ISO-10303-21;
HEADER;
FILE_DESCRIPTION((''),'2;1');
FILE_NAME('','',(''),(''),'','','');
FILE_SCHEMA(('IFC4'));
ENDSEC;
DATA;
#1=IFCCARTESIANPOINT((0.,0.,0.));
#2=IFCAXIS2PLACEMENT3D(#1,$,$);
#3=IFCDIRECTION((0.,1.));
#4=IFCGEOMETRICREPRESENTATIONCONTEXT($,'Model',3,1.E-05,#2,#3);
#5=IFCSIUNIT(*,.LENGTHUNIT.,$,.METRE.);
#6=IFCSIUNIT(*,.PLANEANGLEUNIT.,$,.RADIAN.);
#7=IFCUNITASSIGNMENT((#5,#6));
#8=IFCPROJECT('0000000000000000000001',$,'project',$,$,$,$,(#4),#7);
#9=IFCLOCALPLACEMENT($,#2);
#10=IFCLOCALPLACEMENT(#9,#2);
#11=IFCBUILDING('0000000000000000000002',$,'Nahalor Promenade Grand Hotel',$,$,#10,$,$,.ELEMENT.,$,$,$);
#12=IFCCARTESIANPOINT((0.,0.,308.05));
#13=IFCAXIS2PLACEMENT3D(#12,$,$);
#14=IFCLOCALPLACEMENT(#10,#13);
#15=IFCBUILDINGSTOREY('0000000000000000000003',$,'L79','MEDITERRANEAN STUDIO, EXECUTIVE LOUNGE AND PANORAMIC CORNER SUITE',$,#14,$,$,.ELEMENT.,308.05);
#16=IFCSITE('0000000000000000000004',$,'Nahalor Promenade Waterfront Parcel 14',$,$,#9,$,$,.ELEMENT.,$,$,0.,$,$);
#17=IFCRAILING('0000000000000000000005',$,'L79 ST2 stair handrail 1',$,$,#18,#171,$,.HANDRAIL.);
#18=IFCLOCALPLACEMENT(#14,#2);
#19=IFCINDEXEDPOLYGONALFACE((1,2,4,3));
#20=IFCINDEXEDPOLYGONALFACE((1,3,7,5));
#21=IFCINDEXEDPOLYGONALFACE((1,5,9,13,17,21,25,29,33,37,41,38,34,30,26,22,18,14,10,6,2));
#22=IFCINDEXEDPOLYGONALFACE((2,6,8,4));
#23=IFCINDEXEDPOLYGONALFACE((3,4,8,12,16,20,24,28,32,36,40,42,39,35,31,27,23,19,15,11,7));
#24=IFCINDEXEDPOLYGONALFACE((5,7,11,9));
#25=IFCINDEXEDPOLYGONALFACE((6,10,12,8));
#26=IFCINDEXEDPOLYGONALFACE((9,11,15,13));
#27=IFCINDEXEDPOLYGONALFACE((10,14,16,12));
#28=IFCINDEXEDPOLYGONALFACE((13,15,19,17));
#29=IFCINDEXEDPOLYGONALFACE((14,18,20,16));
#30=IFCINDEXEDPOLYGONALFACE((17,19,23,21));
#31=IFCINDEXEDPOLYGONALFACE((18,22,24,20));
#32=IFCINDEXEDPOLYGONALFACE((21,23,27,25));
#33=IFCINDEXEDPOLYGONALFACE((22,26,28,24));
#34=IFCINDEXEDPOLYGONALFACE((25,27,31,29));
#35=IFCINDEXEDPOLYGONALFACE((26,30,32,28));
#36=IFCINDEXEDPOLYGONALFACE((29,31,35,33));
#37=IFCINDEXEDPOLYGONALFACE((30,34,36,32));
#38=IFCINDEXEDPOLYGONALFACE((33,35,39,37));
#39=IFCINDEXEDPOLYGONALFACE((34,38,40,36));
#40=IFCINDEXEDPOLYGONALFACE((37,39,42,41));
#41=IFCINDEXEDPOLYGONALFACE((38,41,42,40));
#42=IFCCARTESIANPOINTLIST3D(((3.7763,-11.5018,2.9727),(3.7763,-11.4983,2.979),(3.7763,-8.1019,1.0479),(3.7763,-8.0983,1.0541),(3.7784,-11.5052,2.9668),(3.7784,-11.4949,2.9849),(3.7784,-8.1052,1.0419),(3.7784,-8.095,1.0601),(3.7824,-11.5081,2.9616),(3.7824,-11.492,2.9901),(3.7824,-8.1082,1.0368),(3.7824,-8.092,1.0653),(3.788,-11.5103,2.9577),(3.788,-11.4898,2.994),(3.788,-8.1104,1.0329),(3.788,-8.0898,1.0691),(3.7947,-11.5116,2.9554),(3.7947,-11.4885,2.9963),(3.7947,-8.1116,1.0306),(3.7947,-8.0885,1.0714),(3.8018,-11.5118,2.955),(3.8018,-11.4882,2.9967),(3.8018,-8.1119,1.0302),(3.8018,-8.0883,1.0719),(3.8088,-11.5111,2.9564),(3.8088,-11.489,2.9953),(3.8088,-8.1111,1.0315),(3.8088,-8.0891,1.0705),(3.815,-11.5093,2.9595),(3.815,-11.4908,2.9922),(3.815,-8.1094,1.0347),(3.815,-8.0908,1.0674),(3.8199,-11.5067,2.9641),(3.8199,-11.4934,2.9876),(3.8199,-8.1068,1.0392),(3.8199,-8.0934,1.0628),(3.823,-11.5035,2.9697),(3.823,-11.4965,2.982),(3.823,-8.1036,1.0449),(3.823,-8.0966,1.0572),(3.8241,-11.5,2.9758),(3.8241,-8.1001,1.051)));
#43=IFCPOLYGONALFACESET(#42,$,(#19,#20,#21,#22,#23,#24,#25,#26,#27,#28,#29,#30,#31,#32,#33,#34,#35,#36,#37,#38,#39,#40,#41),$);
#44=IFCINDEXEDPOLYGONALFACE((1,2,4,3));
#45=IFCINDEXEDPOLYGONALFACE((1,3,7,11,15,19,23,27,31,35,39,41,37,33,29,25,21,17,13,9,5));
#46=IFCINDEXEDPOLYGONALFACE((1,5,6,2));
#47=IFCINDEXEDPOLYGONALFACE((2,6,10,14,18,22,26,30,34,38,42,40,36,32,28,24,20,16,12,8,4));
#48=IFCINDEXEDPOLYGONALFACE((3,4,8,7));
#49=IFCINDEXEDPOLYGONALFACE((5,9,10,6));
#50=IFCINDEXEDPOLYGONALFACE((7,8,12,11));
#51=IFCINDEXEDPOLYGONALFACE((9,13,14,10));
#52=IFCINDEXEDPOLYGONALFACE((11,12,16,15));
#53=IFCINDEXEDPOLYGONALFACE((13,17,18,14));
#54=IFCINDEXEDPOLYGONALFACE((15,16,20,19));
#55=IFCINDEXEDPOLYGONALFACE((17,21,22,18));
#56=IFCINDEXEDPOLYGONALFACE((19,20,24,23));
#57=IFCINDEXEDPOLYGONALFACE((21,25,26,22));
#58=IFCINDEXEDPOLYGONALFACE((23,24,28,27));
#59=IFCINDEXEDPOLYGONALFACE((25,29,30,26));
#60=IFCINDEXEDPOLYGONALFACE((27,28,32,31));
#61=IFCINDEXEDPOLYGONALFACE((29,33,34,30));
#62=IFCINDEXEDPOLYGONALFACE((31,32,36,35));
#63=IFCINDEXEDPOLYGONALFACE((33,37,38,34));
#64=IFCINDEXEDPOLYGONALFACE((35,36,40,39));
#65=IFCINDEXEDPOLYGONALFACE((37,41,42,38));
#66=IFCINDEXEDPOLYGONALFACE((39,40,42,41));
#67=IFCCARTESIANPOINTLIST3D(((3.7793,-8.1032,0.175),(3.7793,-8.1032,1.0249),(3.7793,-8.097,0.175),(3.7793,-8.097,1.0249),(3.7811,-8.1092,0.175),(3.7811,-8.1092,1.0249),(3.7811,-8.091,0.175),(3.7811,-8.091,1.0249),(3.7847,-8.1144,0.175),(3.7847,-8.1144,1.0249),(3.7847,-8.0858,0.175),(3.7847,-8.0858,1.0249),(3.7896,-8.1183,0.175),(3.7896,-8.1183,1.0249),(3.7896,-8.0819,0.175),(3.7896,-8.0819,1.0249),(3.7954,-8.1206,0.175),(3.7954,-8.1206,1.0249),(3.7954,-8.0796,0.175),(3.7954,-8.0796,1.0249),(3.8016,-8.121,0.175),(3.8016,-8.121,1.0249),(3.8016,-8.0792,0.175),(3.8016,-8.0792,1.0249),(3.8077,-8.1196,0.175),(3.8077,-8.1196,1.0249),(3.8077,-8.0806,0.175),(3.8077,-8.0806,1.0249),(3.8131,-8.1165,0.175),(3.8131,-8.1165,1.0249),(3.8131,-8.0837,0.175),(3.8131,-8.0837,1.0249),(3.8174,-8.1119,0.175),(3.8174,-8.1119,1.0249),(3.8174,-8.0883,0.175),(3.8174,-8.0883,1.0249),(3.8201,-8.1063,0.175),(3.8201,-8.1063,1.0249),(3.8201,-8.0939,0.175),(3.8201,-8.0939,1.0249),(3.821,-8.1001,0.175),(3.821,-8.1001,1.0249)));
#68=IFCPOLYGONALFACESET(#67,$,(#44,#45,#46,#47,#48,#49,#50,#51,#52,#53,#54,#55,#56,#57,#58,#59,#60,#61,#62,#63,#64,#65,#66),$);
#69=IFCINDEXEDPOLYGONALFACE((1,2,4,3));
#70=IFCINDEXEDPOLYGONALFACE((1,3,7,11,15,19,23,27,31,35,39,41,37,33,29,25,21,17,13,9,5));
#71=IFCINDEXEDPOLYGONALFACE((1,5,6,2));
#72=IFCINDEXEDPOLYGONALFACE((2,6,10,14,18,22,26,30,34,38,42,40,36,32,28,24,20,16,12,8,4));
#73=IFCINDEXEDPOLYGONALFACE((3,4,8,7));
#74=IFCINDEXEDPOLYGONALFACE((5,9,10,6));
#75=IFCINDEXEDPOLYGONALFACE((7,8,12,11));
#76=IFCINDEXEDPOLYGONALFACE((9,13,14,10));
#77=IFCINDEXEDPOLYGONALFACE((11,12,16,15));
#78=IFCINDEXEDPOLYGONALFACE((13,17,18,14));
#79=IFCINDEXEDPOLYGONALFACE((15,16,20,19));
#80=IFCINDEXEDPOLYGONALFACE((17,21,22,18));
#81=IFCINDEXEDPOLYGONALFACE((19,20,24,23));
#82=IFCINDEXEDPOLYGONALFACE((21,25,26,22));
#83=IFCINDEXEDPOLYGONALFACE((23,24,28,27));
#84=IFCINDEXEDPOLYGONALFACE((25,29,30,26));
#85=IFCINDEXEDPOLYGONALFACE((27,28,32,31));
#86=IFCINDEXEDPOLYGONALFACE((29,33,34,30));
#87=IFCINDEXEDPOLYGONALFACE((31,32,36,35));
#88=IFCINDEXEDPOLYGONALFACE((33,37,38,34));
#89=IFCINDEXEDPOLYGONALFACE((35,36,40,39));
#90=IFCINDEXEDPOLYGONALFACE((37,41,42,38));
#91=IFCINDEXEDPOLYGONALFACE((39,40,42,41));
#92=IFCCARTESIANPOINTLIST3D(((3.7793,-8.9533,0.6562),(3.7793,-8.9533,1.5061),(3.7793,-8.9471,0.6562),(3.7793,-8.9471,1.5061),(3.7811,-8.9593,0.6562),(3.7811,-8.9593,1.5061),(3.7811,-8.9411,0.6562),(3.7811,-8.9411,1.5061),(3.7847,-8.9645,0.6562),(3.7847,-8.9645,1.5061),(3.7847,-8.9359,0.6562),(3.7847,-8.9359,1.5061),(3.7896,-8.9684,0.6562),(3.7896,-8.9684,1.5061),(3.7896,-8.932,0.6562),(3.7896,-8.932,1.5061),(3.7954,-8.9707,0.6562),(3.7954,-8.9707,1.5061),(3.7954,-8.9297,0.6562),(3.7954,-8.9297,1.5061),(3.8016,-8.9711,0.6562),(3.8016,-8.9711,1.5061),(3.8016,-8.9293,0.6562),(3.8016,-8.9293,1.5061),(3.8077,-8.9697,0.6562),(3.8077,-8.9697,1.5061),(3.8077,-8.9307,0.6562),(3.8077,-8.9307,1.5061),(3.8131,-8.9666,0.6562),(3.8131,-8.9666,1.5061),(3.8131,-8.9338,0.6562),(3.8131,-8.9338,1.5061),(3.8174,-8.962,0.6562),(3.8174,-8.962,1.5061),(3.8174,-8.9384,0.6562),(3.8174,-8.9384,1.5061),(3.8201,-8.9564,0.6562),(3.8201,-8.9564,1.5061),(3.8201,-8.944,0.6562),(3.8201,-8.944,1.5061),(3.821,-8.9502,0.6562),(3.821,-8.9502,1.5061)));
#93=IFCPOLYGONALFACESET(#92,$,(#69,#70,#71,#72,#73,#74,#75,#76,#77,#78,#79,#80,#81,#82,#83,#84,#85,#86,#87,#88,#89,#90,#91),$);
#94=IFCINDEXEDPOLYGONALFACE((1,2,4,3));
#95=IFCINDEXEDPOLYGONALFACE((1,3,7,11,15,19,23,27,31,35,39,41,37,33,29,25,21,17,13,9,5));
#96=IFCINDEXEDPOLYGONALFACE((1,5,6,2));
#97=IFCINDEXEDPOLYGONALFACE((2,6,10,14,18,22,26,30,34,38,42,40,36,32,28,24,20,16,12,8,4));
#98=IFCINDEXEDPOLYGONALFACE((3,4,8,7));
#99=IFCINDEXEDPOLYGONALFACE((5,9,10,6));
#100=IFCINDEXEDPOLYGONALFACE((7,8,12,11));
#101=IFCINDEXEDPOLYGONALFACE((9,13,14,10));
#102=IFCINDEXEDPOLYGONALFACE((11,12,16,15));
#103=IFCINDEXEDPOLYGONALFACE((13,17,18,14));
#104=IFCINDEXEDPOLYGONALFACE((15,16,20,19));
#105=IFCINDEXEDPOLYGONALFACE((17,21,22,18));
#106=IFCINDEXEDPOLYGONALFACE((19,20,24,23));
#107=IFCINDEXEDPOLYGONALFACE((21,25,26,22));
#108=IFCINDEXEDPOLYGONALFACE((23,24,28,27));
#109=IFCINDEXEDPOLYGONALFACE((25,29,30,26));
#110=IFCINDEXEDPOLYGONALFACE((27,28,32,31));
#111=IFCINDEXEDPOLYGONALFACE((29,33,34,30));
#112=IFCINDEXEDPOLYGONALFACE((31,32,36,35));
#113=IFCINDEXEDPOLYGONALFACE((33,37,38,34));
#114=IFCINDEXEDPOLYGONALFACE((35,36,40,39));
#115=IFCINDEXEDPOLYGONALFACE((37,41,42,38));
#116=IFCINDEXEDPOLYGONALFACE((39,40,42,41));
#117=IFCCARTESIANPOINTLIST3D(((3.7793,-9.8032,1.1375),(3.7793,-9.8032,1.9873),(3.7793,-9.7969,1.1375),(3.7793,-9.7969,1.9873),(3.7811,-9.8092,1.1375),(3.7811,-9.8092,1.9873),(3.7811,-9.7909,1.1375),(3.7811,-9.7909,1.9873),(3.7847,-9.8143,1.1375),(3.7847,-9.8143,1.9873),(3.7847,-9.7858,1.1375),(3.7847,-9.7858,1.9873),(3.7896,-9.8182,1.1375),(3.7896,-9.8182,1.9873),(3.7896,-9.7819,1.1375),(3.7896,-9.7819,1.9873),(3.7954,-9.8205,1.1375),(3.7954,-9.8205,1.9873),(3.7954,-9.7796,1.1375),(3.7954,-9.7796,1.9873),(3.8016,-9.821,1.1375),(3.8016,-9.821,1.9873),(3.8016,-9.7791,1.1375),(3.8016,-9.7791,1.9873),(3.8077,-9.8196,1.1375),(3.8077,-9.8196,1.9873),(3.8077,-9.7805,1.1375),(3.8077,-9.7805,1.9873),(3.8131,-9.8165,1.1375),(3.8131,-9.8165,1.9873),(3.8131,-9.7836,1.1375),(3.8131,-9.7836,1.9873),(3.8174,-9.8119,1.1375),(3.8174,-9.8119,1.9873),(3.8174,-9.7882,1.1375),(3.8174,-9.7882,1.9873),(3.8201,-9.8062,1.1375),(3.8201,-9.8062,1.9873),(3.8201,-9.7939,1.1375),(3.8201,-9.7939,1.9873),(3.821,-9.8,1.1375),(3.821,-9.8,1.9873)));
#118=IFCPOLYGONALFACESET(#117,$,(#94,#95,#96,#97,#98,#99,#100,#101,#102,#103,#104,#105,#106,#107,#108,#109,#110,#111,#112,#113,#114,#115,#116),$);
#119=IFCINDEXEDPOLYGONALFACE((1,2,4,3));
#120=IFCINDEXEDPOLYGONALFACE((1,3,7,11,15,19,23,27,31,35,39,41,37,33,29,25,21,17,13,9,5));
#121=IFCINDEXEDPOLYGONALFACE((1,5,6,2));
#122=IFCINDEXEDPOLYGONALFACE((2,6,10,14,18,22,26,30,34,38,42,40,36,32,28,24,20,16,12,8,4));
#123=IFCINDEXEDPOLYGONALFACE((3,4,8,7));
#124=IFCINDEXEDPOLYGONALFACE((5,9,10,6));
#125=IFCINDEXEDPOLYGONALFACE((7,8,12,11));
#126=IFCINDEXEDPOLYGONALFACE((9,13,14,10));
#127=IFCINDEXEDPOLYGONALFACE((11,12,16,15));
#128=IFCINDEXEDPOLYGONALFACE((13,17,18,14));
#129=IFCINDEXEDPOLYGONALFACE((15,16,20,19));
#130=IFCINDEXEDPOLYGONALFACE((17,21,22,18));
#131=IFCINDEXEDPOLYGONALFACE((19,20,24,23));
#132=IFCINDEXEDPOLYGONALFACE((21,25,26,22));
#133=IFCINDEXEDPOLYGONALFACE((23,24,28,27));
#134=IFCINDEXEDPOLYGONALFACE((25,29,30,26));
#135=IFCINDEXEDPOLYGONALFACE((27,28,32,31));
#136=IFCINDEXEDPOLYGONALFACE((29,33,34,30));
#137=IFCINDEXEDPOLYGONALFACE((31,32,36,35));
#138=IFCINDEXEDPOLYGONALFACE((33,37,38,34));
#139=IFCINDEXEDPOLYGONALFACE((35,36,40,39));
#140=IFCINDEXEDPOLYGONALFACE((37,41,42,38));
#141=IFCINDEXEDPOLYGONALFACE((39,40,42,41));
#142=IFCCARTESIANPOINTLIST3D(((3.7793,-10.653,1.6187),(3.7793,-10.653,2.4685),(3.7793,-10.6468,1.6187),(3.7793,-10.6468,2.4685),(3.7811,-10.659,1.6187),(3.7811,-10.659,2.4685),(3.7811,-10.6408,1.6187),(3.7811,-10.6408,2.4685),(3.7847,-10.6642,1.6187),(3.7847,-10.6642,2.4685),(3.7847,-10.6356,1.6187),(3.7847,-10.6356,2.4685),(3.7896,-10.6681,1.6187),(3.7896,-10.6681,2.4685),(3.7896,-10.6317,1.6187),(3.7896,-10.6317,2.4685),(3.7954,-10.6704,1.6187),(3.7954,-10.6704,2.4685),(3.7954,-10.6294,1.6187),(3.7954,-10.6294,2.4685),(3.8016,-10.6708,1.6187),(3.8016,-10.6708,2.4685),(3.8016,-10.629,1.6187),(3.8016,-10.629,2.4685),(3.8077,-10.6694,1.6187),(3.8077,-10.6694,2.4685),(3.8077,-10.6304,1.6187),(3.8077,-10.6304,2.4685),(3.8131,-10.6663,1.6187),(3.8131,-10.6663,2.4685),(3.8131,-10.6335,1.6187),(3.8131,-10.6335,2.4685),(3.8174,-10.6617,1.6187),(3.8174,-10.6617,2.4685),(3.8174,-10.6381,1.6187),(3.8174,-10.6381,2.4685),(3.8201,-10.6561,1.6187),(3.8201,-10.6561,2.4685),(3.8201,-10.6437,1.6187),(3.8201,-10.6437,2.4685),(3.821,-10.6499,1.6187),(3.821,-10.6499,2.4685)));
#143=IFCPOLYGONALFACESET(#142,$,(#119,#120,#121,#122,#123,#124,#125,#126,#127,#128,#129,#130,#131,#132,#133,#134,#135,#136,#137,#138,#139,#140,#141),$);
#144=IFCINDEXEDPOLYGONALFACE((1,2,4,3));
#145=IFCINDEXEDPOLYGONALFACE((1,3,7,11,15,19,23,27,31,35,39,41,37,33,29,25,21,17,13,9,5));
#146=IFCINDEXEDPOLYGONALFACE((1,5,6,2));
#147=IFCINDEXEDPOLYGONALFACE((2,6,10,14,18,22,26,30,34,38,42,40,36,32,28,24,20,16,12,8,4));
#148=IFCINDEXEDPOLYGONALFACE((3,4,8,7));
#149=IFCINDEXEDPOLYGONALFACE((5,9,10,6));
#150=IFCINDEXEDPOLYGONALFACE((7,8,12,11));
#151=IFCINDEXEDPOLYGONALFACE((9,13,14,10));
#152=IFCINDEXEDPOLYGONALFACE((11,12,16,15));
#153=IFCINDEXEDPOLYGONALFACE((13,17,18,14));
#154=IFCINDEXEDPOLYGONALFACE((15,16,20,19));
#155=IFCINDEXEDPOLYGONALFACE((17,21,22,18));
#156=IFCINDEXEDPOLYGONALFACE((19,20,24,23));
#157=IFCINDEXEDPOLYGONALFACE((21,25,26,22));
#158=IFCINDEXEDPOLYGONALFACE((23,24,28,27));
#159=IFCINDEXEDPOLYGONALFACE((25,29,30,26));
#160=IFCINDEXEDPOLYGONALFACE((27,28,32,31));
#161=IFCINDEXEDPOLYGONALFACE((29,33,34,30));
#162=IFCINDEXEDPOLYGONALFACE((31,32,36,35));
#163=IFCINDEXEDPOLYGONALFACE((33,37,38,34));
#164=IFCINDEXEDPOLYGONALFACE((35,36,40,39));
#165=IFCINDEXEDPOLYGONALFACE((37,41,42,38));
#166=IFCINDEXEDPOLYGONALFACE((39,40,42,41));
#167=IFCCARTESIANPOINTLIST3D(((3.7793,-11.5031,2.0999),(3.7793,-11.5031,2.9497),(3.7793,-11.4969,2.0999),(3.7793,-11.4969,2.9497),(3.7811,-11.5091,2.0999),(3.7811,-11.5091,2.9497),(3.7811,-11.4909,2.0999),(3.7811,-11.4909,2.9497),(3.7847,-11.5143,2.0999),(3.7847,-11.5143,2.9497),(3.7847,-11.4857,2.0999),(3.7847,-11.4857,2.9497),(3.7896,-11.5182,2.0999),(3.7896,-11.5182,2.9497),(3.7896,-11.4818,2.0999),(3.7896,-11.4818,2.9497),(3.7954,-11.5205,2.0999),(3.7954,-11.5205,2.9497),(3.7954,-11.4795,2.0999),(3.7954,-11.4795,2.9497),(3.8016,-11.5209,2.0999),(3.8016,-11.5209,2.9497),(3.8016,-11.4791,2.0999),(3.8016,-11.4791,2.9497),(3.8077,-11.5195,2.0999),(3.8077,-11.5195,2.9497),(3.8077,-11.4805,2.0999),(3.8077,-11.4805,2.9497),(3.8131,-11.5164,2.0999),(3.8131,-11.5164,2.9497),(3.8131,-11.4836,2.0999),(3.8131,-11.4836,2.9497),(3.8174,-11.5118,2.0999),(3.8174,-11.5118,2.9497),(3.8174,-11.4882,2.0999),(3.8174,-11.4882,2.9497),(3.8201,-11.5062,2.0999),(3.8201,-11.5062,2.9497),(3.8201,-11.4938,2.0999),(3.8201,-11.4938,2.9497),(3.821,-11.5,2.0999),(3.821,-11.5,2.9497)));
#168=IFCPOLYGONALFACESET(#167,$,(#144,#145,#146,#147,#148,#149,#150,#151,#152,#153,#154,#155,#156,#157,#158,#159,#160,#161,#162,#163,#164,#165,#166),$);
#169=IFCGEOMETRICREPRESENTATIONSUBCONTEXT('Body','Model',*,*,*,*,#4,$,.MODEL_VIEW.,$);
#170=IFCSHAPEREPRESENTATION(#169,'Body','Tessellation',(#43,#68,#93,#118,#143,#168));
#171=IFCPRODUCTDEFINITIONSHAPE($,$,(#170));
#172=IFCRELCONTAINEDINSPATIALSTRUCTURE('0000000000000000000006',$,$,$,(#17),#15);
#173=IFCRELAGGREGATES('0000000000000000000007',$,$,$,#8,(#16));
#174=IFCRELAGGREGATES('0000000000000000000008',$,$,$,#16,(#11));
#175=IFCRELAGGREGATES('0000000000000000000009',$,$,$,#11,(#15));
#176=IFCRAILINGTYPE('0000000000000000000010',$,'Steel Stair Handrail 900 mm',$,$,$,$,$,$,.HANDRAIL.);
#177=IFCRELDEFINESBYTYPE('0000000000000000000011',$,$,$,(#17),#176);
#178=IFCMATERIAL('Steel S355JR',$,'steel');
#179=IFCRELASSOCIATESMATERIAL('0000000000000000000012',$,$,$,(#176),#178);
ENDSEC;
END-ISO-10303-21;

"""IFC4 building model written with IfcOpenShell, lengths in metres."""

from ifc_helpers import new_model, si_unit, direction, frame, origin, origin_2d, place, context, subcontext, project, spatial, circle, extrude, material, type_object, element, save


model = new_model("IFC4")

# Units and contexts
model_context = context("Model", 3, precision=1e-05, world=origin(), true_north=direction((0.0, 1.0)))
body_context = subcontext(model_context, "Body", "Model", "MODEL_VIEW")
ifc_project = project(units=[si_unit("LENGTHUNIT", "METRE"), si_unit("PLANEANGLEUNIT", "RADIAN")], contexts=[model_context])

# Site, building, storey
site_placement = place(None, origin())
site = spatial("IfcSite", under=ifc_project, at=site_placement, Name="Nahalor Promenade Waterfront Parcel 14", CompositionType="ELEMENT", RefElevation=0.0)
building_placement = place(site_placement, origin())
building = spatial("IfcBuilding", under=site, at=building_placement, Name="Nahalor Promenade Grand Hotel", CompositionType="ELEMENT")
storey_placement = place(building_placement, frame((0.0, 0.0, 308.05)))
storey = spatial("IfcBuildingStorey", under=building, at=storey_placement, Name="L79", Description="MEDITERRANEAN STUDIO, EXECUTIVE LOUNGE AND PANORAMIC CORNER SUITE", CompositionType="ELEMENT", Elevation=308.05)

# Shared definitions
ifc_material_1 = material(Name="Steel S355JR", Category="steel")

# Railing
railing_type_1 = type_object("IfcRailingType", Name="Steel Stair Handrail 900 mm", PredefinedType="HANDRAIL", material=ifc_material_1)
railing_1_placement = place(storey_placement, frame((3.8, -8.1001, 0.175)))
element("IfcRailing", 1, at=railing_1_placement, inside=storey, type_object=railing_type_1, Name="L79 ST2 stair handrail 1", PredefinedType="HANDRAIL", context=body_context, shape_type="SweptSolid", body=[
    extrude(circle(Radius=0.024, at=origin_2d()), frame((0.0, 0.0, 0.876), z_axis=(0.0, -0.87022, 0.492663), x_axis=(1.0, 0.0, 0.0)), (0.0, 0.0, 1.0), 3.907),
    extrude(circle(Radius=0.021, at=origin_2d()), origin(), (0.0, 0.0, 1.0), 0.8499),
    extrude(circle(Radius=0.021, at=origin_2d()), frame((0.0, -0.8501, 0.4812)), (0.0, 0.0, 1.0), 0.8499),
    extrude(circle(Radius=0.021, at=origin_2d()), frame((0.0, -1.7, 0.9624)), (0.0, 0.0, 1.0), 0.8499),
    extrude(circle(Radius=0.021, at=origin_2d()), frame((0.0, -2.5498, 1.4436)), (0.0, 0.0, 1.0), 0.8499),
    extrude(circle(Radius=0.021, at=origin_2d()), frame((0.0, -3.3999, 1.9248)), (0.0, 0.0, 1.0), 0.8499),
])

save(model, "model.ifc")
